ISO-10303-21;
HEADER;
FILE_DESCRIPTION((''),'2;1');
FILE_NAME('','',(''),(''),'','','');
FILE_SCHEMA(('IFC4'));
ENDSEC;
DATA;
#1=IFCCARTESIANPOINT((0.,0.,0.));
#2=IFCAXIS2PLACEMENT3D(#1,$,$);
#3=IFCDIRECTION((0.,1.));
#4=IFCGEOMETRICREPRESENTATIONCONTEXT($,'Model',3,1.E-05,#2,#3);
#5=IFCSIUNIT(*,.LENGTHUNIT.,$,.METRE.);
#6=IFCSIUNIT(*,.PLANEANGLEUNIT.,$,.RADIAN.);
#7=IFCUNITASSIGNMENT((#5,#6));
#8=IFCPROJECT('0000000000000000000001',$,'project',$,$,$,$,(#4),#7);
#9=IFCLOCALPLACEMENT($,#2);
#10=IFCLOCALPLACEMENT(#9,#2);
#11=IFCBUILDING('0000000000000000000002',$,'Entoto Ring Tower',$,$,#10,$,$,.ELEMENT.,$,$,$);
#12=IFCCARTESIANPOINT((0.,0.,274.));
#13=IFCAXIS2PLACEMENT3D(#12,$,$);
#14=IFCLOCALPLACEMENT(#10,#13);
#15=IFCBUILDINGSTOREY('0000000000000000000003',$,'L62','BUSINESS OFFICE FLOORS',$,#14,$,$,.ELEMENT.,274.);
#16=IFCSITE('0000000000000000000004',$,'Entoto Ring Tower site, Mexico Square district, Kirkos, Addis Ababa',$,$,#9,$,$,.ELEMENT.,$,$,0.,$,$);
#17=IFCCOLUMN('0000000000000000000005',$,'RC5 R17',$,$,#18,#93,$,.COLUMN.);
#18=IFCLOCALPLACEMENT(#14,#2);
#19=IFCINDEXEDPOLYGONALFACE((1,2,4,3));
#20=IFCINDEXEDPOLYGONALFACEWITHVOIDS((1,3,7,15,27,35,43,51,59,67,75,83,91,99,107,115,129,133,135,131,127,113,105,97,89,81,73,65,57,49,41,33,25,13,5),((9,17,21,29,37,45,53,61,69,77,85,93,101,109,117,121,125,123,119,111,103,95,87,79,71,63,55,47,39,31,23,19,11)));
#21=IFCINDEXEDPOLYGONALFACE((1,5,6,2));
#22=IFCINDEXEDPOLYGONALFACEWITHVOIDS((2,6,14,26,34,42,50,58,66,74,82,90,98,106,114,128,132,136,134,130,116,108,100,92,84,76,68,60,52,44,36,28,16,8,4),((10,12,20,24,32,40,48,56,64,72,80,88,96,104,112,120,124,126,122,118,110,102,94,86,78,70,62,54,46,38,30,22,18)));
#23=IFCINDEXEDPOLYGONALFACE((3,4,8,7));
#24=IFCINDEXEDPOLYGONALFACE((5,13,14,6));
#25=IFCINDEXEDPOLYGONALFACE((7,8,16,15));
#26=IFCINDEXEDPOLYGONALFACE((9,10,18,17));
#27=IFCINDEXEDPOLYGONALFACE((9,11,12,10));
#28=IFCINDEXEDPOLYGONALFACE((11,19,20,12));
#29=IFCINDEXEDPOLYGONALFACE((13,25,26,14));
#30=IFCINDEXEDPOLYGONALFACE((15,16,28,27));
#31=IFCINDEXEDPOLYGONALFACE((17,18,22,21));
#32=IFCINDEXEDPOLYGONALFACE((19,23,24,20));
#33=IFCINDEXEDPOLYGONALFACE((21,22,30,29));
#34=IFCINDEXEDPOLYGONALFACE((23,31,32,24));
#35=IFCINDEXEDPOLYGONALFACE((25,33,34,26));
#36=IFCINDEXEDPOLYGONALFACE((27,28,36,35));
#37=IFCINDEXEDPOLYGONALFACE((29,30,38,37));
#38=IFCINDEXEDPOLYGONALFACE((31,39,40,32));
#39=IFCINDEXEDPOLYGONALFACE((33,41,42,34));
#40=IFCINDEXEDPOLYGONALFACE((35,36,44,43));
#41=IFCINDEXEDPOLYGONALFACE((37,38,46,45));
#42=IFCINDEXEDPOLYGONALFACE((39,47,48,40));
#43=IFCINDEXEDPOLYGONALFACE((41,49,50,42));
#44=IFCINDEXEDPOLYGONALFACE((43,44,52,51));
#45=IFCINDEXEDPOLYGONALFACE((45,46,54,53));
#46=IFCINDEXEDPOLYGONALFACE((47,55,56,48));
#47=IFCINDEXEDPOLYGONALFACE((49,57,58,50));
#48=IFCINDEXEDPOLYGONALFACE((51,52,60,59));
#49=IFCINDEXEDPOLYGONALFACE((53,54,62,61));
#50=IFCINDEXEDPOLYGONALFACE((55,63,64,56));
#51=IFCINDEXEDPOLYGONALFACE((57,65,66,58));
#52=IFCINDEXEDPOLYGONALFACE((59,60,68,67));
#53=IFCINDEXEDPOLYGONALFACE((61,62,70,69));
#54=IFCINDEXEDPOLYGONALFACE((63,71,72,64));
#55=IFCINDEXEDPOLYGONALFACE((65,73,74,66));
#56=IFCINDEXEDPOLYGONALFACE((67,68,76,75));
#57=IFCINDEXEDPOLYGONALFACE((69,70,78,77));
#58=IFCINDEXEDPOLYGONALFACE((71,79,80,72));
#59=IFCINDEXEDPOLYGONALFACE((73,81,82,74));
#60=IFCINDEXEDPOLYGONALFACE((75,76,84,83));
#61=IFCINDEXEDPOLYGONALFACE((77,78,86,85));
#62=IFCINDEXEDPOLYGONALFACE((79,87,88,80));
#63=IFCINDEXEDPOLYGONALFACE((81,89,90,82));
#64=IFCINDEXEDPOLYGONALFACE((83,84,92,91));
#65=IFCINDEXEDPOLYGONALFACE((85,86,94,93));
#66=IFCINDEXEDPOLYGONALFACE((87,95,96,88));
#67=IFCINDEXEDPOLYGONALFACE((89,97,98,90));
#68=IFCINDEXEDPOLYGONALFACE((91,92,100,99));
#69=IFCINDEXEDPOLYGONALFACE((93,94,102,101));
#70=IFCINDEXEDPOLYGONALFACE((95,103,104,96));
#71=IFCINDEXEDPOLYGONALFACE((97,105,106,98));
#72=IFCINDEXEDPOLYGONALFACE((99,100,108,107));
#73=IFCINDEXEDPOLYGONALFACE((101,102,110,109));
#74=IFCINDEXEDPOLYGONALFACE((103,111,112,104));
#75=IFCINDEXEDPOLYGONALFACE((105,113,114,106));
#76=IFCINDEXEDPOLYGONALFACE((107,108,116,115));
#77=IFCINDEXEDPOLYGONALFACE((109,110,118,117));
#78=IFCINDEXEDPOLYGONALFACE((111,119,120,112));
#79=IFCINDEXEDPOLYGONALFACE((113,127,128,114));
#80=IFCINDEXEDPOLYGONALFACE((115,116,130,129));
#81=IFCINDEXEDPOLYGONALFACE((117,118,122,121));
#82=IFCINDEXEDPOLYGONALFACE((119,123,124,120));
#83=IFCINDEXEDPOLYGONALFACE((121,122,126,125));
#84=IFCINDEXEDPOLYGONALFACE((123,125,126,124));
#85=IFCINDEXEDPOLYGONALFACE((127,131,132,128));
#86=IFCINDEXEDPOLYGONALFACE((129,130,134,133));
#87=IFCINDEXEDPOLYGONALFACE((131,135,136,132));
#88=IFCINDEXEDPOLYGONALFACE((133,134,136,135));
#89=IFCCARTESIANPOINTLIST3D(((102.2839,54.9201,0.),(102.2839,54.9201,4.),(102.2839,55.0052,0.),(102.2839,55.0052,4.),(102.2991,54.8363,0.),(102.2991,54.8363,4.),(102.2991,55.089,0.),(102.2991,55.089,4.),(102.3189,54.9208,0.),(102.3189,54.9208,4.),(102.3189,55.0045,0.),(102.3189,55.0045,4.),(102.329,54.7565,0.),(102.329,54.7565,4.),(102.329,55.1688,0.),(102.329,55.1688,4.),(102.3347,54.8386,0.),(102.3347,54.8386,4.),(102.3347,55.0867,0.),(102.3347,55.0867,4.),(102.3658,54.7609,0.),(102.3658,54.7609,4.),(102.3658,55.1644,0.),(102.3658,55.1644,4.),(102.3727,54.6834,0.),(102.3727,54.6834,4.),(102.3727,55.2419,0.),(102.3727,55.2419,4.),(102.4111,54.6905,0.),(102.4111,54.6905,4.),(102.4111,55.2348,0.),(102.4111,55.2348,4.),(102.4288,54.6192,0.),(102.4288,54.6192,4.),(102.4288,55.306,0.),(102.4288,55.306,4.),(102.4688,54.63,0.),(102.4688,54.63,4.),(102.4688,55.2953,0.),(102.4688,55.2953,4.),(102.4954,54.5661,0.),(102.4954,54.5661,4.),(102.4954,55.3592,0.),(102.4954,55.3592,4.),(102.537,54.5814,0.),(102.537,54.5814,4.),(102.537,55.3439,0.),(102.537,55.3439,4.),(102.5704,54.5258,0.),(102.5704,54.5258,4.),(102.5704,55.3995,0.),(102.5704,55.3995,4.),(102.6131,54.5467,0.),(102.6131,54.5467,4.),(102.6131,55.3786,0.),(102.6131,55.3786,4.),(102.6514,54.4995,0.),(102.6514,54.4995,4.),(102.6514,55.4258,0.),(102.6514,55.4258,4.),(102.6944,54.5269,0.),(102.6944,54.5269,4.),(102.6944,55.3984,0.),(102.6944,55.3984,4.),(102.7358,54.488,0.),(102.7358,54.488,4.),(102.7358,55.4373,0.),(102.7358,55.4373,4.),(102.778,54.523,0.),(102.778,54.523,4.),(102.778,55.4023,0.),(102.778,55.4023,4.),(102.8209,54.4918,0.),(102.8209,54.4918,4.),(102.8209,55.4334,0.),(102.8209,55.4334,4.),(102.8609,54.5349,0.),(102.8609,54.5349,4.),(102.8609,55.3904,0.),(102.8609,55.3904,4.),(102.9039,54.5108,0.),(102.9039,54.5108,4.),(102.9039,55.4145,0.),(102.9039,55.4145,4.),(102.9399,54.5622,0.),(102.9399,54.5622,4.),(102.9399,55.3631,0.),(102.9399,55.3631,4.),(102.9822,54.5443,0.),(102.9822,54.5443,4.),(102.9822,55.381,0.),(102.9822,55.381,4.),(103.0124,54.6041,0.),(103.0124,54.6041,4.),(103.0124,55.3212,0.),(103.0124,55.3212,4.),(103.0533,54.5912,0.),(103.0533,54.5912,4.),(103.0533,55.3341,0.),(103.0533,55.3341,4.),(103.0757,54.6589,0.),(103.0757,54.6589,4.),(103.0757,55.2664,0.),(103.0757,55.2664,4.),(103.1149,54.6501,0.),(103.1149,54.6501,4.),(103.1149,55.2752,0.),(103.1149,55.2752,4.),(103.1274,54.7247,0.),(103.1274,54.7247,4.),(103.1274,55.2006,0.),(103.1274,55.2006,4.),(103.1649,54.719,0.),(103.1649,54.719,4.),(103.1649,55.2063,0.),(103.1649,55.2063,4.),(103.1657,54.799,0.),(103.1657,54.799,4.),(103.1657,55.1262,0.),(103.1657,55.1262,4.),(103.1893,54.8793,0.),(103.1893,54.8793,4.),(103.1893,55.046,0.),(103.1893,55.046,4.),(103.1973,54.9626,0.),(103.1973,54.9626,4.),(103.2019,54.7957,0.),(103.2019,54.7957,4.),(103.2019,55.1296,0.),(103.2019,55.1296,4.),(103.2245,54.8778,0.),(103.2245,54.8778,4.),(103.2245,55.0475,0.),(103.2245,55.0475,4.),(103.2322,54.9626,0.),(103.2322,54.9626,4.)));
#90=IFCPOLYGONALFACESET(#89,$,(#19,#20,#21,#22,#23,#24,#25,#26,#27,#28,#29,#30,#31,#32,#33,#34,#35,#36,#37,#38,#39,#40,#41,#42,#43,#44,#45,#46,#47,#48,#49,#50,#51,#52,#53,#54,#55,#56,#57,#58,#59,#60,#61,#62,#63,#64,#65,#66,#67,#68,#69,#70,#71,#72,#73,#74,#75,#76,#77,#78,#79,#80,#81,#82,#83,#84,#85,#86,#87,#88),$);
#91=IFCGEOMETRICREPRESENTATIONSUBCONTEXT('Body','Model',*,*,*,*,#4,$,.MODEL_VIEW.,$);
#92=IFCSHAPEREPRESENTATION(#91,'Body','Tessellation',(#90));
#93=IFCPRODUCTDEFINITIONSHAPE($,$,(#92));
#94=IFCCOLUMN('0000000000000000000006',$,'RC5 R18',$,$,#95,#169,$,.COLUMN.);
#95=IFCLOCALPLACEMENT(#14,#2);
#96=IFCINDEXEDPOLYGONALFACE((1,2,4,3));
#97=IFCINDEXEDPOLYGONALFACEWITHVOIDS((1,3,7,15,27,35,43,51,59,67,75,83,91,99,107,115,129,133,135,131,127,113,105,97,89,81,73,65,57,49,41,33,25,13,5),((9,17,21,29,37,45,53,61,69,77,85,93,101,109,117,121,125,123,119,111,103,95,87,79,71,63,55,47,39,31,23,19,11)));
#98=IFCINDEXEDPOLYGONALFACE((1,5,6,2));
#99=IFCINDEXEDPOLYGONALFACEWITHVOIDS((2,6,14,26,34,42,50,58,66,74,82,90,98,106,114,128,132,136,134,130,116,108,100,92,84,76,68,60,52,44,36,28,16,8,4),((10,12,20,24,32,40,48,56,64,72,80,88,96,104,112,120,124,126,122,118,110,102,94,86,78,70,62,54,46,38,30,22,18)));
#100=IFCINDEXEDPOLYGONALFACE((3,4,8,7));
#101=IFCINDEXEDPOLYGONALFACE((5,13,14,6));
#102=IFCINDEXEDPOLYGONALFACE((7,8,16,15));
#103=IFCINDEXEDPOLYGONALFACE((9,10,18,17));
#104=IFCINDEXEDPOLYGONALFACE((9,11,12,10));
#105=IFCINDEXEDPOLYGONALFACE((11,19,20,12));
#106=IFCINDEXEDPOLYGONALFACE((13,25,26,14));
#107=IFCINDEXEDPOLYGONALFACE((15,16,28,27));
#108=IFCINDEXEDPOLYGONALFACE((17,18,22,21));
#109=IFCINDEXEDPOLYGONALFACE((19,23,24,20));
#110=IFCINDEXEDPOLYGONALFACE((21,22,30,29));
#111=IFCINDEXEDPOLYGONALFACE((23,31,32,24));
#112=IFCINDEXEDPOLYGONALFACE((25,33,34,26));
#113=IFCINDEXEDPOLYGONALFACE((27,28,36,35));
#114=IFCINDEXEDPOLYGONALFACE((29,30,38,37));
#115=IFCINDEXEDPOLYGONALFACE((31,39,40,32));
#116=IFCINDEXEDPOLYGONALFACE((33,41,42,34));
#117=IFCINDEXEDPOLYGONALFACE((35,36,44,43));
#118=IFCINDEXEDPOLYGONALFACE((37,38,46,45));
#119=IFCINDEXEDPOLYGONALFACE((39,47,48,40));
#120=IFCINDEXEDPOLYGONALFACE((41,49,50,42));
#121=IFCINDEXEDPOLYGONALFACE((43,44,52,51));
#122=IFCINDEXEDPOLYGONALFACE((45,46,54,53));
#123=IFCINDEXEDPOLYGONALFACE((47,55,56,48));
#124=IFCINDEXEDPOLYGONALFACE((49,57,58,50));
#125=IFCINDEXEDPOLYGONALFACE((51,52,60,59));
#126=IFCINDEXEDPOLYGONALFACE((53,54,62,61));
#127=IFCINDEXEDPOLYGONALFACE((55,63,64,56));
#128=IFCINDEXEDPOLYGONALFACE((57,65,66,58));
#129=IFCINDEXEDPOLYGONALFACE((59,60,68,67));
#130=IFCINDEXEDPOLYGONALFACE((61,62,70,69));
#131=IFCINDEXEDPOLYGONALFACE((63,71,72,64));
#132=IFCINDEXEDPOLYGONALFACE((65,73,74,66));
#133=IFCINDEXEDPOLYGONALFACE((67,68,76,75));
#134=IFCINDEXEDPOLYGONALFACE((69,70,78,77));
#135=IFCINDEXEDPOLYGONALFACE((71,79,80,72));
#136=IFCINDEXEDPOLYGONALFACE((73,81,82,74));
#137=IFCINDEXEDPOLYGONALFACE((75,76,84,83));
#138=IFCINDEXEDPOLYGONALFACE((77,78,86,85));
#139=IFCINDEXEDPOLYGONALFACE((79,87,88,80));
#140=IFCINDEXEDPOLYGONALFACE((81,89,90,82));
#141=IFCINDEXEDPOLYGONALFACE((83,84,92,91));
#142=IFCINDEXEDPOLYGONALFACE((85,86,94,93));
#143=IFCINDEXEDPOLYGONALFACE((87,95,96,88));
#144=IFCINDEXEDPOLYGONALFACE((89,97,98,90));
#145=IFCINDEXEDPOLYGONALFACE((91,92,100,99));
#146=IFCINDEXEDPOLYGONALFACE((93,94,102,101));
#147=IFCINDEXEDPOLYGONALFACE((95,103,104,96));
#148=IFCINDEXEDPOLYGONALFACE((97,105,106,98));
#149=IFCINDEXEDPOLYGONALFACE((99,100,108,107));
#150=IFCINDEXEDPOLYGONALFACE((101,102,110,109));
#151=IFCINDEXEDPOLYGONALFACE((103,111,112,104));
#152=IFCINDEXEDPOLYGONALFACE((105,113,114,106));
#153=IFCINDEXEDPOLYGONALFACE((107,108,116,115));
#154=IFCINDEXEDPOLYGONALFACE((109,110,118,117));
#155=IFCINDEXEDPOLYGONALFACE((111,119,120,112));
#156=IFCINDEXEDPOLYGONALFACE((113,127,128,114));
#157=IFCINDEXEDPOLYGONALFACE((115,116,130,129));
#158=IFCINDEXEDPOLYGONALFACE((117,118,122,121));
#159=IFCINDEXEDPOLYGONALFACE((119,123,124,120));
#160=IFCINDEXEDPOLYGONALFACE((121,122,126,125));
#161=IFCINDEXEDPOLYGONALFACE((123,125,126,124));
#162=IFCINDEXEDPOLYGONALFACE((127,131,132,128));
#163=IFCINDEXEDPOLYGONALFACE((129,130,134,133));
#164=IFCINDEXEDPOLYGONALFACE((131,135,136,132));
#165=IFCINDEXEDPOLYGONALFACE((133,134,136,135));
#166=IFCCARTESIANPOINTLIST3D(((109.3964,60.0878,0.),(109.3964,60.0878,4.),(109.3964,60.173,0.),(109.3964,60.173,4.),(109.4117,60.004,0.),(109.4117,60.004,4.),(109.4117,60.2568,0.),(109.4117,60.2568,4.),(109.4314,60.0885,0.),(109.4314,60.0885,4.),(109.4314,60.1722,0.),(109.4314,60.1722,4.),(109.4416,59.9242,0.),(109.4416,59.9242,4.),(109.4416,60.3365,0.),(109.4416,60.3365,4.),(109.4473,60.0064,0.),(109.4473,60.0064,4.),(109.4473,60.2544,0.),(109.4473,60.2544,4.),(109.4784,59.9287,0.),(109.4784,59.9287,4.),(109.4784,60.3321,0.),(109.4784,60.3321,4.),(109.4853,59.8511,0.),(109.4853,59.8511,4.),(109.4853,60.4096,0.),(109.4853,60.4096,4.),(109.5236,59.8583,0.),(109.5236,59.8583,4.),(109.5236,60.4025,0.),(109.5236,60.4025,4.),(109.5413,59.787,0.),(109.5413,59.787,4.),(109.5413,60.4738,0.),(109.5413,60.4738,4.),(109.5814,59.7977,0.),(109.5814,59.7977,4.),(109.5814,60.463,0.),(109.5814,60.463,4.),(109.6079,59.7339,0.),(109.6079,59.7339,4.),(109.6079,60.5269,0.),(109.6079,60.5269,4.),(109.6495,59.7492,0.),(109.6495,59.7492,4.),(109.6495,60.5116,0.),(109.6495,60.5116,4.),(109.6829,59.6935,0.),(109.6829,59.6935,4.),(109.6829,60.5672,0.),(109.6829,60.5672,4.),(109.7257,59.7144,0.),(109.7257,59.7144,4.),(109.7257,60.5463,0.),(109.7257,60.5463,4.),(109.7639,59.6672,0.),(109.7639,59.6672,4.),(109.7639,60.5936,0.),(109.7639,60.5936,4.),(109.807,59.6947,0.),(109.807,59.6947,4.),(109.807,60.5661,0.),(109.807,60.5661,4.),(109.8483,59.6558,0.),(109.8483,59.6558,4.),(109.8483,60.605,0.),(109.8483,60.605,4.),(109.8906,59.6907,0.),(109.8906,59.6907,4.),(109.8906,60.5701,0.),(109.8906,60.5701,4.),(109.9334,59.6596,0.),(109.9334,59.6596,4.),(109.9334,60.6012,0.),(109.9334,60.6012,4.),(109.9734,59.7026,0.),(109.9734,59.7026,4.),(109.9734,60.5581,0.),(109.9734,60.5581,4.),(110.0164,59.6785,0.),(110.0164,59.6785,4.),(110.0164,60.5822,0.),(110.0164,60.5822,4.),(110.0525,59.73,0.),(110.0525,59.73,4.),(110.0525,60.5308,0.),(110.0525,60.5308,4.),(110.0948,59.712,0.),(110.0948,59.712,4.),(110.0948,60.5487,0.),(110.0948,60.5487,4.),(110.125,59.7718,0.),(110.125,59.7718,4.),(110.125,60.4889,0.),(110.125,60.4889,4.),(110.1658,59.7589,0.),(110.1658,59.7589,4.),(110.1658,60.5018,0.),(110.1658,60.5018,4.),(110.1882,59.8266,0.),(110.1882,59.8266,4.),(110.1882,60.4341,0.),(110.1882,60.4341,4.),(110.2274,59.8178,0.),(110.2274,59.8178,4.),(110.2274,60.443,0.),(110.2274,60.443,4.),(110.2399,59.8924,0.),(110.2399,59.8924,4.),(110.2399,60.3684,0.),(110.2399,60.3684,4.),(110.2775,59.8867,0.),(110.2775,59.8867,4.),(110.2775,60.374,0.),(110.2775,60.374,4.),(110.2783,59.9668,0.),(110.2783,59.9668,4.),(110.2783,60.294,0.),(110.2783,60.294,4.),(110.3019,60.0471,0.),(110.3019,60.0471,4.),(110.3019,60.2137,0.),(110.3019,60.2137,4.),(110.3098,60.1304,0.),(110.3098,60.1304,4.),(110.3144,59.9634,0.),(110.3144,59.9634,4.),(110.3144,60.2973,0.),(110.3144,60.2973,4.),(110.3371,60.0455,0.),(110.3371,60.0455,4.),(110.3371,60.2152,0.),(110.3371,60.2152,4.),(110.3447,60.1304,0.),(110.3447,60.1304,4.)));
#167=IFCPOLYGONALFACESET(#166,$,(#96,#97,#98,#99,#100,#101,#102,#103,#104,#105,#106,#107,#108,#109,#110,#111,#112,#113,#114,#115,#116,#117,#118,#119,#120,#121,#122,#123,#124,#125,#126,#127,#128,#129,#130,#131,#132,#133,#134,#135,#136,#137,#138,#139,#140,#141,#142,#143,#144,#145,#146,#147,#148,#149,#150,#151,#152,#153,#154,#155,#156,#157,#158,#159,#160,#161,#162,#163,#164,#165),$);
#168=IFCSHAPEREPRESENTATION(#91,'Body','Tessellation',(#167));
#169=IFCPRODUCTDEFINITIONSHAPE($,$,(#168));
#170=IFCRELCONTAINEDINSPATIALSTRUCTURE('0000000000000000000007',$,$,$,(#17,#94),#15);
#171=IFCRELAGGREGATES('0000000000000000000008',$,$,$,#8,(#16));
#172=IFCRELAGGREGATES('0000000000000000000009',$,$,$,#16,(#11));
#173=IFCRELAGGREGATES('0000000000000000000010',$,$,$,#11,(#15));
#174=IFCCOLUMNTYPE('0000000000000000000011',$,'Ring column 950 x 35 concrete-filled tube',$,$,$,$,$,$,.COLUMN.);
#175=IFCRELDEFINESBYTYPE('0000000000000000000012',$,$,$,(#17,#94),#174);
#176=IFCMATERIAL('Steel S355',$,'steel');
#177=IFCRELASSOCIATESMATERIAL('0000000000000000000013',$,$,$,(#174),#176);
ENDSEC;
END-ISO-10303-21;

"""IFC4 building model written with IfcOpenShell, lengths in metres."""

from ifc_helpers import new_model, si_unit, direction, frame, origin, origin_2d, place, context, subcontext, project, spatial, circle, hollow_circle, extrude, material, material_profile, profile_set, type_object, element, save


model = new_model("IFC4")

# Units and contexts
model_context = context("Model", 3, precision=1e-05, world=origin(), true_north=direction((0.0, 1.0)))
body_context = subcontext(model_context, "Body", "Model", "MODEL_VIEW")
ifc_project = project(units=[si_unit("LENGTHUNIT", "METRE"), si_unit("PLANEANGLEUNIT", "RADIAN")], contexts=[model_context])

# Site, building, storey
site_placement = place(None, origin())
site = spatial("IfcSite", under=ifc_project, at=site_placement, Name="Entoto Ring Tower site, Mexico Square district, Kirkos, Addis Ababa", CompositionType="ELEMENT", RefElevation=0.0)
building_placement = place(site_placement, origin())
building = spatial("IfcBuilding", under=site, at=building_placement, Name="Entoto Ring Tower", CompositionType="ELEMENT")
storey_placement = place(building_placement, frame((0.0, 0.0, 274.0)))
storey = spatial("IfcBuildingStorey", under=building, at=storey_placement, Name="L62", Description="BUSINESS OFFICE FLOORS", CompositionType="ELEMENT", Elevation=274.0)

# Columns
ifc_material_1 = material(Name="Steel S355", Category="steel")
ifc_material_profile_1 = material_profile(ifc_material_1, hollow_circle(Radius=0.4751, WallThickness=0.0349, at=origin_2d()), Name="CHS 950 x 35")
ifc_material_2 = material(Name="Concrete C60/75", Category="concrete")
ifc_material_profile_2 = material_profile(ifc_material_2, circle(Radius=0.4399, at=origin_2d()), Name="Concrete C60/75 infill")
ifc_profile_set_1 = profile_set([ifc_material_profile_1, ifc_material_profile_2], Name="Steel S355")
column_type = type_object("IfcColumnType", Name="Ring column 950 x 35 concrete-filled tube", PredefinedType="COLUMN", material=ifc_profile_set_1)
for number, where, z_axis, x_axis, name in (
    (1, (102.7571, 54.9626, 0.0), (0.0, 0.0, 1.0), (1.0, 0.0, 0.0), "RC5 R17"),
    (2, (109.8696, 60.1304, 0.0), (0.0, 0.0, 1.0), (1.0, 0.0, 0.0), "RC5 R18"),
):
    element("IfcColumn", number, at=place(storey_placement, frame(where, z_axis=z_axis, x_axis=x_axis)), inside=storey, type_object=column_type, Name=name, PredefinedType="COLUMN", context=body_context, shape_type="SweptSolid", body=[
        extrude(hollow_circle(Radius=0.4751, WallThickness=0.0349, at=origin_2d()), origin(), (0.0, 0.0, 1.0), 4.0),
    ])

save(model, "model.ifc")
